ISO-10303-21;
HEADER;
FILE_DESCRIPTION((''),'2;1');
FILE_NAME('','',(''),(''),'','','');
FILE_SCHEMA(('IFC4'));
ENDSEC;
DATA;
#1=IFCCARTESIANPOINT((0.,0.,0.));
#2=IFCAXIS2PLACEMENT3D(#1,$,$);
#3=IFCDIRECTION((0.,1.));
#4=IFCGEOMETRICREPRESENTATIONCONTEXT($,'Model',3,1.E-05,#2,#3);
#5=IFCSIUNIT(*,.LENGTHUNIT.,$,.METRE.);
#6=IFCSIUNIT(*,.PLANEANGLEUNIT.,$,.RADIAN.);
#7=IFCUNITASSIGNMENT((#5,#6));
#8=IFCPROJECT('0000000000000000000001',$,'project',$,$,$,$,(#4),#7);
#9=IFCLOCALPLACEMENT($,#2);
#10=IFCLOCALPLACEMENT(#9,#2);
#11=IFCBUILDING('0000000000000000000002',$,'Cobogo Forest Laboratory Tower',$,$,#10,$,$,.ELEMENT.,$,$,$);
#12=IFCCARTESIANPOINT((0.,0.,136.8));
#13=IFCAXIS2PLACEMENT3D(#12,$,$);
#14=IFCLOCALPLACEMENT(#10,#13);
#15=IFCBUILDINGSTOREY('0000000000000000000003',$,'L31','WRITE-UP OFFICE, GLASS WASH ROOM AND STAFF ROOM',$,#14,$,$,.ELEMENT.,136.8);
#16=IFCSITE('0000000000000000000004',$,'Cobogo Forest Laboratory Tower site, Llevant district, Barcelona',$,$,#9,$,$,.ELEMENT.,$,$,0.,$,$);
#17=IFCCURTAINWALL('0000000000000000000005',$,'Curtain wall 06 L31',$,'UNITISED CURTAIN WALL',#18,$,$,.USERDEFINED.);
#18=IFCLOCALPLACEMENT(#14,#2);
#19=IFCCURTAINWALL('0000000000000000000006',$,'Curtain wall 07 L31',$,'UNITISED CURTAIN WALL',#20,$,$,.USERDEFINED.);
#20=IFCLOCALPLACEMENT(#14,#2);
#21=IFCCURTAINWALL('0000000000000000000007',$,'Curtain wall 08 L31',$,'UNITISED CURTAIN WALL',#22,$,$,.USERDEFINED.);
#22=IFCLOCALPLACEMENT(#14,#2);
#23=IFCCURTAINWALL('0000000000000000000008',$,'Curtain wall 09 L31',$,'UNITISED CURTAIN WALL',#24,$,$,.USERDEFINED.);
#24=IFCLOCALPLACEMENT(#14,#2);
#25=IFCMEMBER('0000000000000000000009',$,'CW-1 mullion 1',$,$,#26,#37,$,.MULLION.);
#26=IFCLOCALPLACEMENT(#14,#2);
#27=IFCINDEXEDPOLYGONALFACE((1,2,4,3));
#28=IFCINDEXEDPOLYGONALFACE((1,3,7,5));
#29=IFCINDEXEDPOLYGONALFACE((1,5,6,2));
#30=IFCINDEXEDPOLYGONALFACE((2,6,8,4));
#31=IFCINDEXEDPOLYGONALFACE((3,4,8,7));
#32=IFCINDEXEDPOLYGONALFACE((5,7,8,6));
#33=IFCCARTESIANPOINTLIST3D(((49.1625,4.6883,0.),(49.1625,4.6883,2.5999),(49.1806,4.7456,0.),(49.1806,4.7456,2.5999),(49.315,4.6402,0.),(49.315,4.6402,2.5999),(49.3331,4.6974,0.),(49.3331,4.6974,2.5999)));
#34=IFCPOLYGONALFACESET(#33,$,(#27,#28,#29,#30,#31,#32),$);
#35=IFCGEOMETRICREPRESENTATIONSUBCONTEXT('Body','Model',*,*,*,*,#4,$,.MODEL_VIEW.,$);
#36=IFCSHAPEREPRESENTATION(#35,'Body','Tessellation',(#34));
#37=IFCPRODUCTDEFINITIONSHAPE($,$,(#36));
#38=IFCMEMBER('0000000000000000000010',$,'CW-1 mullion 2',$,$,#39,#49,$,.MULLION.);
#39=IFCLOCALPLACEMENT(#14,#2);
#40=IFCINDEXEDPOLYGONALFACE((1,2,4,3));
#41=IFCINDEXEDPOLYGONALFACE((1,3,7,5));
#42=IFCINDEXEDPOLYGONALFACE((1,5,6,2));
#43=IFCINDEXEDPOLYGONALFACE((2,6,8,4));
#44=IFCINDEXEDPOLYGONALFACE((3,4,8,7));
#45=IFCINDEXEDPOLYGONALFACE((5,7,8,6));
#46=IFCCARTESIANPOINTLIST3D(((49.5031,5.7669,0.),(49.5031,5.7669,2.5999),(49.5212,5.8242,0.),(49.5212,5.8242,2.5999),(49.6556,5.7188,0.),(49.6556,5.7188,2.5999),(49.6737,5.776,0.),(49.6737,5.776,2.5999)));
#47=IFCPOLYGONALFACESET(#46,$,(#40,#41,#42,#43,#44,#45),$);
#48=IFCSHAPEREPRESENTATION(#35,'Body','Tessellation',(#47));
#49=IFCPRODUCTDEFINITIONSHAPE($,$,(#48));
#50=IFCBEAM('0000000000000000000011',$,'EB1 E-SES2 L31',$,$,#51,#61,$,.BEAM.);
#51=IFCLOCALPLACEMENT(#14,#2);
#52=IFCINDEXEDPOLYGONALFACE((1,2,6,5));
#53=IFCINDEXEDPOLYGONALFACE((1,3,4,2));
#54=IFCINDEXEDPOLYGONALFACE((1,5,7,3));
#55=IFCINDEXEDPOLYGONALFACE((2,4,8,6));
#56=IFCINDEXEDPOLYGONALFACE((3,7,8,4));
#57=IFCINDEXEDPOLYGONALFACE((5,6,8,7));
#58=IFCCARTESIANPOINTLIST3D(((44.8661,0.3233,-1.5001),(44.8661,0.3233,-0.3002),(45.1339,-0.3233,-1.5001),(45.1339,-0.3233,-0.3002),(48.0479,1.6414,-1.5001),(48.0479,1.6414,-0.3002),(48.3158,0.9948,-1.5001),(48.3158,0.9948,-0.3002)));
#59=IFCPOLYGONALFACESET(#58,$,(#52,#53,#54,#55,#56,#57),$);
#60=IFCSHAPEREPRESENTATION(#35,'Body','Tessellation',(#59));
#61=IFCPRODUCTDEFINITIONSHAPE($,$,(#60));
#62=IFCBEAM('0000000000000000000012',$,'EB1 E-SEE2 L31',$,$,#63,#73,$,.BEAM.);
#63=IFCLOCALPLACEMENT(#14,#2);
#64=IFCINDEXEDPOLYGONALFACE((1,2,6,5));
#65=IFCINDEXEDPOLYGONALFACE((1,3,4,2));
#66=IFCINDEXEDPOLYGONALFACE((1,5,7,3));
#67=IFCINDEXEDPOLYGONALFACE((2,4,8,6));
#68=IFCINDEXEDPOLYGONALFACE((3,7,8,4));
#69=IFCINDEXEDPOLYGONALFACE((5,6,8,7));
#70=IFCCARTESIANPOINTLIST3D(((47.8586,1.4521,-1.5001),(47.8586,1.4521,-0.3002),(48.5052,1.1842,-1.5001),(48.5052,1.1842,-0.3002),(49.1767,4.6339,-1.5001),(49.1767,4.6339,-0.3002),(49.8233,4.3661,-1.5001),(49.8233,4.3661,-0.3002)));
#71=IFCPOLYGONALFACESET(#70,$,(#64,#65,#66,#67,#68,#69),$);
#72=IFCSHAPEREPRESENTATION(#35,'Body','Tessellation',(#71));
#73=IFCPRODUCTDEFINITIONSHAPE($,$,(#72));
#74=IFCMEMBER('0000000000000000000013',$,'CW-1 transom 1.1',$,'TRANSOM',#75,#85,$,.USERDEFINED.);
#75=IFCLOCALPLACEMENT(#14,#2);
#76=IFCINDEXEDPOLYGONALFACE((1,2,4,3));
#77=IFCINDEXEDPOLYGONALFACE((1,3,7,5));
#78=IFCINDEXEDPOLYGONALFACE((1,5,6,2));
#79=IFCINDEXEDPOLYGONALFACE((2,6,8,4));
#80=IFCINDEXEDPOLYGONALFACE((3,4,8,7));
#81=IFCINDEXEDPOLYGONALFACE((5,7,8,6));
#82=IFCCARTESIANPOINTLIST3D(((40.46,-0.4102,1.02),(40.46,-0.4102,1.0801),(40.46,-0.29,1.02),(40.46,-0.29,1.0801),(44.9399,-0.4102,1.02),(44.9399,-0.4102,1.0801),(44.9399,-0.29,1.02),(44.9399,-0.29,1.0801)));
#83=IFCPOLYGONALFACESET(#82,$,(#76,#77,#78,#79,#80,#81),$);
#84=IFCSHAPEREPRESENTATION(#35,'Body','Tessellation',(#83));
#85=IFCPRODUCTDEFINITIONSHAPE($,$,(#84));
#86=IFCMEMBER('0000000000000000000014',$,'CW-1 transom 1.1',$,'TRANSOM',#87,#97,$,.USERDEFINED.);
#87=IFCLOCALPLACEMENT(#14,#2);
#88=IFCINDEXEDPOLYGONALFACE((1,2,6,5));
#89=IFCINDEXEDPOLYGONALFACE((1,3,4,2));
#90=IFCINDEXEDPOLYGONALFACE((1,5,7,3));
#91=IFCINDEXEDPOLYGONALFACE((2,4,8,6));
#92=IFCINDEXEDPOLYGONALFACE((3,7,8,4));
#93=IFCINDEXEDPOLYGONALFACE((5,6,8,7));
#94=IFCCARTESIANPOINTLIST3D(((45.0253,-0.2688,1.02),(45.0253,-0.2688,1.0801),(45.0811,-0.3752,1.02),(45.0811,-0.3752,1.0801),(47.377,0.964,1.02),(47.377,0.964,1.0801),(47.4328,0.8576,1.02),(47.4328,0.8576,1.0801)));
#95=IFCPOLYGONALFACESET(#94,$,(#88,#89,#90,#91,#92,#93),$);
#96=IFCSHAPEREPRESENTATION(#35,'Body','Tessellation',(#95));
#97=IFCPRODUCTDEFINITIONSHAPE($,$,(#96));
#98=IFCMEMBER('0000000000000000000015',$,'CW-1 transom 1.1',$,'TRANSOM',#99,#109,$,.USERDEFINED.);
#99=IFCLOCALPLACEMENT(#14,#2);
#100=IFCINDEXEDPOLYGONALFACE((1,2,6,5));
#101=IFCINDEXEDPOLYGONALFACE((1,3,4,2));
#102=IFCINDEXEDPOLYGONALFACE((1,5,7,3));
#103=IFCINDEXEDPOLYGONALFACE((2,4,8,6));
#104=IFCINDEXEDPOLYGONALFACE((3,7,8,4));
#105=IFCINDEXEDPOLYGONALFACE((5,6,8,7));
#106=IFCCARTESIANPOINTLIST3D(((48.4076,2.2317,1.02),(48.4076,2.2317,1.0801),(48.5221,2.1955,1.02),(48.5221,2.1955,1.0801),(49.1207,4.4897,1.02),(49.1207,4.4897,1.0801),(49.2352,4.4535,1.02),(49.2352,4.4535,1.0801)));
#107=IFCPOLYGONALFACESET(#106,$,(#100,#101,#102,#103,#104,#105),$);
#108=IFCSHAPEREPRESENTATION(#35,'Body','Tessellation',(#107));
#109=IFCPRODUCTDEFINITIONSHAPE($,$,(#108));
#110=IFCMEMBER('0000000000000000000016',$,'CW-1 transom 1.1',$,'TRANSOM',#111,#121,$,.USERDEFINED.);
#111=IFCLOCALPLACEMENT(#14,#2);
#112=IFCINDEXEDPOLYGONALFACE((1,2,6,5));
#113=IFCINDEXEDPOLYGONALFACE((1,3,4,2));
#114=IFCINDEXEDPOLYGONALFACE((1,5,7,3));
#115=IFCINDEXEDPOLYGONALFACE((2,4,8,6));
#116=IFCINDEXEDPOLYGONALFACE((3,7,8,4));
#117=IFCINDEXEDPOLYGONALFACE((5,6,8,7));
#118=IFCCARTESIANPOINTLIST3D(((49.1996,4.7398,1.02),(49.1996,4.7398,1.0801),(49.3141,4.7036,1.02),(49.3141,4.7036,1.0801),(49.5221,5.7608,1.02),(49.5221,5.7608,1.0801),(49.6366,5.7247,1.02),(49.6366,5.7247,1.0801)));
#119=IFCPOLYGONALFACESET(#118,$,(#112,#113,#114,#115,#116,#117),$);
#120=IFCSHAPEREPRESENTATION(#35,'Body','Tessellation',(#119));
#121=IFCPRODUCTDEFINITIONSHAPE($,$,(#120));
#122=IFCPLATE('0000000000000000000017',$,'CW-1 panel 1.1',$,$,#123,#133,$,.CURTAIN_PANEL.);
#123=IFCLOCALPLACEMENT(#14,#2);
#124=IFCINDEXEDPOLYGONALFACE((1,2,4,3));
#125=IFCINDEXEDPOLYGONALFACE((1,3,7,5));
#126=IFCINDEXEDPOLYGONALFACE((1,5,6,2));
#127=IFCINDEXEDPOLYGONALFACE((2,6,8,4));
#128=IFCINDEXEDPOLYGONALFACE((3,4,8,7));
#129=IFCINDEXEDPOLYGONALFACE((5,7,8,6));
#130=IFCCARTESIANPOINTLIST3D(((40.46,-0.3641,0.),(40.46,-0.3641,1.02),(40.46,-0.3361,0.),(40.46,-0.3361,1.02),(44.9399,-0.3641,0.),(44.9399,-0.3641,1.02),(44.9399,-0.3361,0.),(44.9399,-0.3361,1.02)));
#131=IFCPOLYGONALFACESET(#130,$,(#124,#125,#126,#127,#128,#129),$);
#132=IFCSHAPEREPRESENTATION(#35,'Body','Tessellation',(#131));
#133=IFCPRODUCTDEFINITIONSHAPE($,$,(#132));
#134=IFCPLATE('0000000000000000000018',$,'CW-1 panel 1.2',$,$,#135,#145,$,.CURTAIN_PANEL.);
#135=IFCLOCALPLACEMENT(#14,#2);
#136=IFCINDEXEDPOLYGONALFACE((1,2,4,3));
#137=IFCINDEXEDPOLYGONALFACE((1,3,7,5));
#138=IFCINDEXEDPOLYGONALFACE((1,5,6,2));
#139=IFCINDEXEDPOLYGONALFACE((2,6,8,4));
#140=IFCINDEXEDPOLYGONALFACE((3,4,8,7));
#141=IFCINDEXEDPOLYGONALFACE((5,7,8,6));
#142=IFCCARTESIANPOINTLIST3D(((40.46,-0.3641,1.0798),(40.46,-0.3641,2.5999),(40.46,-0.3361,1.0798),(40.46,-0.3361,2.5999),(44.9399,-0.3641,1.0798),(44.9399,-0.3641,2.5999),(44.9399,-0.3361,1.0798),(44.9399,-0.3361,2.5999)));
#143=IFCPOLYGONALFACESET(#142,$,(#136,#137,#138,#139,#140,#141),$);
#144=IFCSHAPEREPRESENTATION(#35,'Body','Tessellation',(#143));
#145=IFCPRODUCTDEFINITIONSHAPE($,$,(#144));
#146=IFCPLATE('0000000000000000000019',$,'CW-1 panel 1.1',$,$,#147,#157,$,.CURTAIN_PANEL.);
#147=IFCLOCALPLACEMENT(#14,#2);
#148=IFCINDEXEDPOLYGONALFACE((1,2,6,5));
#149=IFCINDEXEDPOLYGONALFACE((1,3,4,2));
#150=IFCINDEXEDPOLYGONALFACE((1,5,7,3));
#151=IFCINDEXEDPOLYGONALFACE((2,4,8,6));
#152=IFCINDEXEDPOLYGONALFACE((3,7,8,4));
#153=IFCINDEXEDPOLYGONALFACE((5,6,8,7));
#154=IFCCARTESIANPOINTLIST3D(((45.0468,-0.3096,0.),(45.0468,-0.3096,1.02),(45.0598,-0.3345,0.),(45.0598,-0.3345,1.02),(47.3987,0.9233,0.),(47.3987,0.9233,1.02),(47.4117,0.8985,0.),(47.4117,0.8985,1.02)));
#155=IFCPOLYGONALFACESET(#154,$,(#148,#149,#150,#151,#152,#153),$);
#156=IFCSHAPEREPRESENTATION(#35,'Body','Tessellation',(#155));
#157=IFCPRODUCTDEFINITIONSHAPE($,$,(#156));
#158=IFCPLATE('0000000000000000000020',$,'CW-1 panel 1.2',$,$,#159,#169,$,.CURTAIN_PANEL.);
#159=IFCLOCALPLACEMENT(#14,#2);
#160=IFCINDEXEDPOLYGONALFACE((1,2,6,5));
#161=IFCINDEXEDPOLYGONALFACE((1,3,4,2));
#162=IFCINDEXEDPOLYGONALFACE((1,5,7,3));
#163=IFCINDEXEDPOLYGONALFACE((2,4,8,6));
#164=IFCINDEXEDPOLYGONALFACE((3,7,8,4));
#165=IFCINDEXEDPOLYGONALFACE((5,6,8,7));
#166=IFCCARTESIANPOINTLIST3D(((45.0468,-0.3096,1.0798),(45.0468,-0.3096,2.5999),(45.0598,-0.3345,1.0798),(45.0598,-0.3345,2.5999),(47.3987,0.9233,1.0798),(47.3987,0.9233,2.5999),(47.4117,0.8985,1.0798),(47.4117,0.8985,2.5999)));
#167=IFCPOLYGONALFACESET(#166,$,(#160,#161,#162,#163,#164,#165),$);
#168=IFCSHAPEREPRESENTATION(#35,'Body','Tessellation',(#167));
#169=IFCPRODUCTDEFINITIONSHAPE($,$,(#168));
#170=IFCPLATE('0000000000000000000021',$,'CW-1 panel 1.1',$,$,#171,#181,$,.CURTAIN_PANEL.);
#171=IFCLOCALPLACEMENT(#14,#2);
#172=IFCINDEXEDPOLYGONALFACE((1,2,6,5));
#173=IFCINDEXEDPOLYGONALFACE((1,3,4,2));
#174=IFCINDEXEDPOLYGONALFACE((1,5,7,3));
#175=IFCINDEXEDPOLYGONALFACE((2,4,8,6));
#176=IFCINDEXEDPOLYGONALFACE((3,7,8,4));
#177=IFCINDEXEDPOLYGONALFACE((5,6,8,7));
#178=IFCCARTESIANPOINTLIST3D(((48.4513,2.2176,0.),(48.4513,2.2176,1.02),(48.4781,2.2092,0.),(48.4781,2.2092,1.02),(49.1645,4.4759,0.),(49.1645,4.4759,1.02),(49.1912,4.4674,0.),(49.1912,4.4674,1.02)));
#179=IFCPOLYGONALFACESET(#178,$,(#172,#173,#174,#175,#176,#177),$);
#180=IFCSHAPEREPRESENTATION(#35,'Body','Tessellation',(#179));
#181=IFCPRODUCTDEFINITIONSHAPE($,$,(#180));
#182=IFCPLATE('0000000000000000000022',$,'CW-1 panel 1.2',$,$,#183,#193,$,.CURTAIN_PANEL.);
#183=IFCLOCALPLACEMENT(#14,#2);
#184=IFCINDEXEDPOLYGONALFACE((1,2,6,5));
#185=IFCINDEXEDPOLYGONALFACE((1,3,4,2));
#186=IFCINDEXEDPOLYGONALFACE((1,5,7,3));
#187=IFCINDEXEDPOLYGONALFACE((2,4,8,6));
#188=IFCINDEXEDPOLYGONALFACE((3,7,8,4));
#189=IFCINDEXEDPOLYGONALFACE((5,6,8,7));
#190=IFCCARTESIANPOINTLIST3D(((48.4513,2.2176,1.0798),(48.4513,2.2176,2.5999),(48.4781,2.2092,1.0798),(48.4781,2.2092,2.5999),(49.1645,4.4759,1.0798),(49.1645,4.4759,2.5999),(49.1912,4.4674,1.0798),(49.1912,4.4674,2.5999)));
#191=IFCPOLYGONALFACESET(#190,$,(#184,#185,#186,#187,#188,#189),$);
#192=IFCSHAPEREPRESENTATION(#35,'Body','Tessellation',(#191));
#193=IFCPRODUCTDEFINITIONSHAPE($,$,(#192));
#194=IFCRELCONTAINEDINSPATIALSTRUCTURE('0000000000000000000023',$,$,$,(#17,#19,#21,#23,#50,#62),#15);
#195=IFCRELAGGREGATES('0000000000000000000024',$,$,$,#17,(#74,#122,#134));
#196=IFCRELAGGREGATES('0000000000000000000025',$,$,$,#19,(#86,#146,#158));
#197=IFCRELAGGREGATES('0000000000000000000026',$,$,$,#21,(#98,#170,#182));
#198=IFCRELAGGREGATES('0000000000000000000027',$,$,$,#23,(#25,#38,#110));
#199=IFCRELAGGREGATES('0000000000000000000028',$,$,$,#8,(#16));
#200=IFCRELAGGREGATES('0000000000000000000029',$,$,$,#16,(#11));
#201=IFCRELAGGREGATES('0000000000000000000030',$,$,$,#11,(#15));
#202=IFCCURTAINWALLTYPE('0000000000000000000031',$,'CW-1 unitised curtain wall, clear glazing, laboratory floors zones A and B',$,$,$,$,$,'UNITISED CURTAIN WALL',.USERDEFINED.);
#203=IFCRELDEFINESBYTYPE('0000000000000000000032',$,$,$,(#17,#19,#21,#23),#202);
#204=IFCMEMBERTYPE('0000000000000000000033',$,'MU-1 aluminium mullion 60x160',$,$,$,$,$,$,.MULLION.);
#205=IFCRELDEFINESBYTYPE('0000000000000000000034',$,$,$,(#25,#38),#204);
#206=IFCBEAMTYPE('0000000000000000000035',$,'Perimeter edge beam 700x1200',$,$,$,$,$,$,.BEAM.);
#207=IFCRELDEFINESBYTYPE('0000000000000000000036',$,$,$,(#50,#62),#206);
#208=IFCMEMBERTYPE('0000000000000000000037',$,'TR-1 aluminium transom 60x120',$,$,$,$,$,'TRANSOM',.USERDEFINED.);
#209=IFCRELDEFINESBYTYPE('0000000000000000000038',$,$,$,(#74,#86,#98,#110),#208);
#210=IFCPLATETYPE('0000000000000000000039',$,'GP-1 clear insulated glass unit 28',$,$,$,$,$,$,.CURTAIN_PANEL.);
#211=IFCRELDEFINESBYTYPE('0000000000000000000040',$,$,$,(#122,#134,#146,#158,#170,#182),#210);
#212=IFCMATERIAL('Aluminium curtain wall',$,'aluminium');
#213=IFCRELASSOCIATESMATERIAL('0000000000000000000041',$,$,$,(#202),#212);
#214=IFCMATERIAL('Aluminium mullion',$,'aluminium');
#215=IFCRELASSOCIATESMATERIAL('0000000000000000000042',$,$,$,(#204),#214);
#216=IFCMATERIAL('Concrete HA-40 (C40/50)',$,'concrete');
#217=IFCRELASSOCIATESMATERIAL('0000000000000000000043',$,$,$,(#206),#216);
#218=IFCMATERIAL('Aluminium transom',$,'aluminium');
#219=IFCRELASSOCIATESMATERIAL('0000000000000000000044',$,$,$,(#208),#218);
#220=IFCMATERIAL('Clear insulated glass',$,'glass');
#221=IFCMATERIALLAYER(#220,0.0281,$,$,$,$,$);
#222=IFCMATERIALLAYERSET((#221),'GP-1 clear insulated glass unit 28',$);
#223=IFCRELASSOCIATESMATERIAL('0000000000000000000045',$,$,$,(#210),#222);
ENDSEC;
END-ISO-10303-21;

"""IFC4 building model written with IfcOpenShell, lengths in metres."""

from ifc_helpers import new_model, si_unit, direction, frame, origin, origin_2d, place, context, subcontext, project, spatial, rectangle, extrude, material, layer, layer_set, material_profile, profile_set, type_object, element, aggregate, save


model = new_model("IFC4")

# Units and contexts
model_context = context("Model", 3, precision=1e-05, world=origin(), true_north=direction((0.0, 1.0)))
body_context = subcontext(model_context, "Body", "Model", "MODEL_VIEW")
ifc_project = project(units=[si_unit("LENGTHUNIT", "METRE"), si_unit("PLANEANGLEUNIT", "RADIAN")], contexts=[model_context])

# Site, building, storey
site_placement = place(None, origin())
site = spatial("IfcSite", under=ifc_project, at=site_placement, Name="Cobogo Forest Laboratory Tower site, Llevant district, Barcelona", CompositionType="ELEMENT", RefElevation=0.0)
building_placement = place(site_placement, origin())
building = spatial("IfcBuilding", under=site, at=building_placement, Name="Cobogo Forest Laboratory Tower", CompositionType="ELEMENT")
storey_placement = place(building_placement, frame((0.0, 0.0, 136.8)))
storey = spatial("IfcBuildingStorey", under=building, at=storey_placement, Name="L31", Description="WRITE-UP OFFICE, GLASS WASH ROOM AND STAFF ROOM", CompositionType="ELEMENT", Elevation=136.8)

# Curtain walls, members
ifc_material_1 = material(Name="Aluminium curtain wall", Category="aluminium")
curtain_wall_type = type_object("IfcCurtainWallType", Name="CW-1 unitised curtain wall, clear glazing, laboratory floors zones A and B", ElementType="UNITISED CURTAIN WALL", PredefinedType="USERDEFINED", material=ifc_material_1)
curtain_wall_1_placement = place(storey_placement, origin())
curtain_wall_1 = element("IfcCurtainWall", 1, at=curtain_wall_1_placement, inside=storey, type_object=curtain_wall_type, Name="Curtain wall 06 L31", ObjectType="UNITISED CURTAIN WALL", PredefinedType="USERDEFINED")
ifc_material_2 = material(Name="Aluminium mullion", Category="aluminium")
ifc_material_profile_1 = material_profile(ifc_material_2, rectangle(XDim=0.0601, YDim=0.1599, at=origin_2d()), Name="AL 60x160")
ifc_profile_set_1 = profile_set([ifc_material_profile_1], Name="Aluminium mullion")
member_type_1 = type_object("IfcMemberType", Name="MU-1 aluminium mullion 60x160", PredefinedType="MULLION", material=ifc_profile_set_1)
curtain_wall_2_placement = place(storey_placement, origin())
curtain_wall_2 = element("IfcCurtainWall", 2, at=curtain_wall_2_placement, inside=storey, type_object=curtain_wall_type, Name="Curtain wall 07 L31", ObjectType="UNITISED CURTAIN WALL", PredefinedType="USERDEFINED")
curtain_wall_3_placement = place(storey_placement, origin())
curtain_wall_3 = element("IfcCurtainWall", 3, at=curtain_wall_3_placement, inside=storey, type_object=curtain_wall_type, Name="Curtain wall 08 L31", ObjectType="UNITISED CURTAIN WALL", PredefinedType="USERDEFINED")
curtain_wall_4_placement = place(storey_placement, origin())
curtain_wall_4 = element("IfcCurtainWall", 4, at=curtain_wall_4_placement, inside=storey, type_object=curtain_wall_type, Name="Curtain wall 09 L31", ObjectType="UNITISED CURTAIN WALL", PredefinedType="USERDEFINED")
member_1_placement = place(storey_placement, frame((49.2478, 4.6929, 0.0), z_axis=(0.0, 0.0, 1.0), x_axis=(0.301136, 0.953581, 0.0)))
member_1 = element("IfcMember", 5, at=member_1_placement, type_object=member_type_1, Name="CW-1 mullion 1", PredefinedType="MULLION", context=body_context, shape_type="SweptSolid", body=[
    extrude(rectangle(XDim=0.0601, YDim=0.1599, at=origin_2d()), origin(), (0.0, 0.0, 1.0), 2.5999),
])
member_2_placement = place(storey_placement, frame((49.5884, 5.7715, 0.0), z_axis=(0.0, 0.0, 1.0), x_axis=(0.301136, 0.953581, 0.0)))
member_2 = element("IfcMember", 6, at=member_2_placement, type_object=member_type_1, Name="CW-1 mullion 2", PredefinedType="MULLION", context=body_context, shape_type="SweptSolid", body=[
    extrude(rectangle(XDim=0.0601, YDim=0.1599, at=origin_2d()), origin(), (0.0, 0.0, 1.0), 2.5999),
])

# Beams
ifc_material_3 = material(Name="Concrete HA-40 (C40/50)", Category="concrete")
ifc_material_profile_2 = material_profile(ifc_material_3, rectangle(XDim=0.7, YDim=1.2, at=origin_2d()), Name="RC 700x1200")
ifc_profile_set_2 = profile_set([ifc_material_profile_2], Name="Concrete HA-40 (C40/50)")
beam_type_1 = type_object("IfcBeamType", Name="Perimeter edge beam 700x1200", PredefinedType="BEAM", material=ifc_profile_set_2)
for number, where, z_axis, x_axis, name in (
    (7, (45.0, 0.0, -0.9001), (0.923866, 0.382717, 0.0), (-0.382717, 0.923866, 0.0), "EB1 E-SES2 L31"),
    (8, (49.5, 4.5, -0.9001), (-0.382717, -0.923866, 0.0), (0.923866, -0.382717, 0.0), "EB1 E-SEE2 L31"),
):
    element("IfcBeam", number, at=place(storey_placement, frame(where, z_axis=z_axis, x_axis=x_axis)), inside=storey, type_object=beam_type_1, Name=name, PredefinedType="BEAM", context=body_context, shape_type="SweptSolid", body=[
        extrude(rectangle(XDim=0.7, YDim=1.2, at=origin_2d()), origin(), (0.0, 0.0, 1.0), 3.4441),
    ])

# Members
ifc_material_4 = material(Name="Aluminium transom", Category="aluminium")
ifc_material_profile_3 = material_profile(ifc_material_4, rectangle(XDim=0.1201, YDim=0.0601, at=origin_2d()), Name="AL 60x120")
ifc_profile_set_3 = profile_set([ifc_material_profile_3], Name="Aluminium transom")
member_type_2 = type_object("IfcMemberType", Name="TR-1 aluminium transom 60x120", ElementType="TRANSOM", PredefinedType="USERDEFINED", material=ifc_profile_set_3)
member_3_placement = place(storey_placement, frame((40.46, -0.3501, 1.05), z_axis=(1.0, 0.0, 0.0), x_axis=(0.0, 1.0, 0.0)))
member_3 = element("IfcMember", 9, at=member_3_placement, type_object=member_type_2, Name="CW-1 transom 1.1", ObjectType="TRANSOM", PredefinedType="USERDEFINED", context=body_context, shape_type="SweptSolid", body=[
    extrude(rectangle(XDim=0.1201, YDim=0.0601, at=origin_2d()), origin(), (0.0, 0.0, 1.0), 4.48),
])
member_4_placement = place(storey_placement, frame((45.0532, -0.322, 1.05), z_axis=(0.885675, 0.464306, 0.0), x_axis=(-0.464306, 0.885675, 0.0)))
member_4 = element("IfcMember", 10, at=member_4_placement, type_object=member_type_2, Name="CW-1 transom 1.1", ObjectType="TRANSOM", PredefinedType="USERDEFINED", context=body_context, shape_type="SweptSolid", body=[
    extrude(rectangle(XDim=0.1201, YDim=0.0601, at=origin_2d()), origin(), (0.0, 0.0, 1.0), 2.6553),
])
member_5_placement = place(storey_placement, frame((48.4648, 2.2136, 1.05), z_axis=(0.301156, 0.953575, 0.0), x_axis=(-0.953575, 0.301156, 0.0)))
member_5 = element("IfcMember", 11, at=member_5_placement, type_object=member_type_2, Name="CW-1 transom 1.1", ObjectType="TRANSOM", PredefinedType="USERDEFINED", context=body_context, shape_type="SweptSolid", body=[
    extrude(rectangle(XDim=0.1201, YDim=0.0601, at=origin_2d()), origin(), (0.0, 0.0, 1.0), 2.3679),
])
member_6_placement = place(storey_placement, frame((49.2568, 4.7217, 1.05), z_axis=(0.301208, 0.953559, 0.0), x_axis=(-0.953559, 0.301208, 0.0)))
member_6 = element("IfcMember", 12, at=member_6_placement, type_object=member_type_2, Name="CW-1 transom 1.1", ObjectType="TRANSOM", PredefinedType="USERDEFINED", context=body_context, shape_type="SweptSolid", body=[
    extrude(rectangle(XDim=0.1201, YDim=0.0601, at=origin_2d()), origin(), (0.0, 0.0, 1.0), 1.0708),
])

# Plates
ifc_material_5 = material(Name="Clear insulated glass", Category="glass")
ifc_layer = layer(ifc_material_5, 0.0281)
ifc_layer_set = layer_set([ifc_layer], Name="GP-1 clear insulated glass unit 28")
plate_type = type_object("IfcPlateType", Name="GP-1 clear insulated glass unit 28", PredefinedType="CURTAIN_PANEL", material=ifc_layer_set)
plate_1_placement = place(storey_placement, frame((42.7, -0.3501, 0.0), z_axis=(0.0, 0.0, 1.0), x_axis=(1.0, 0.0, 0.0)))
plate_1 = element("IfcPlate", 13, at=plate_1_placement, type_object=plate_type, Name="CW-1 panel 1.1", PredefinedType="CURTAIN_PANEL", context=body_context, shape_type="SweptSolid", body=[
    extrude(rectangle(XDim=4.48, YDim=0.0281, at=origin_2d()), origin(), (0.0, 0.0, 1.0), 1.02),
])
plate_2_placement = place(storey_placement, frame((42.7, -0.3501, 1.0798), z_axis=(0.0, 0.0, 1.0), x_axis=(1.0, 0.0, 0.0)))
plate_2 = element("IfcPlate", 14, at=plate_2_placement, type_object=plate_type, Name="CW-1 panel 1.2", PredefinedType="CURTAIN_PANEL", context=body_context, shape_type="SweptSolid", body=[
    extrude(rectangle(XDim=4.48, YDim=0.0281, at=origin_2d()), origin(), (0.0, 0.0, 1.0), 1.52),
])
aggregate(curtain_wall_1, [member_3, plate_1, plate_2])
plate_3_placement = place(storey_placement, frame((46.2292, 0.2944, 0.0), z_axis=(0.0, 0.0, 1.0), x_axis=(0.885687, 0.464284, 0.0)))
plate_3 = element("IfcPlate", 15, at=plate_3_placement, type_object=plate_type, Name="CW-1 panel 1.1", PredefinedType="CURTAIN_PANEL", context=body_context, shape_type="SweptSolid", body=[
    extrude(rectangle(XDim=2.6555, YDim=0.0281, at=origin_2d()), origin(), (0.0, 0.0, 1.0), 1.02),
])
plate_4_placement = place(storey_placement, frame((46.2292, 0.2944, 1.0798), z_axis=(0.0, 0.0, 1.0), x_axis=(0.885687, 0.464284, 0.0)))
plate_4 = element("IfcPlate", 16, at=plate_4_placement, type_object=plate_type, Name="CW-1 panel 1.2", PredefinedType="CURTAIN_PANEL", context=body_context, shape_type="SweptSolid", body=[
    extrude(rectangle(XDim=2.6555, YDim=0.0281, at=origin_2d()), origin(), (0.0, 0.0, 1.0), 1.52),
])
aggregate(curtain_wall_2, [member_4, plate_3, plate_4])
plate_5_placement = place(storey_placement, frame((48.8213, 3.3425, 0.0), z_axis=(0.0, 0.0, 1.0), x_axis=(0.301135, 0.953581, 0.0)))
plate_5 = element("IfcPlate", 17, at=plate_5_placement, type_object=plate_type, Name="CW-1 panel 1.1", PredefinedType="CURTAIN_PANEL", context=body_context, shape_type="SweptSolid", body=[
    extrude(rectangle(XDim=2.3682, YDim=0.0281, at=origin_2d()), origin(), (0.0, 0.0, 1.0), 1.02),
])
plate_6_placement = place(storey_placement, frame((48.8213, 3.3425, 1.0798), z_axis=(0.0, 0.0, 1.0), x_axis=(0.301135, 0.953581, 0.0)))
plate_6 = element("IfcPlate", 18, at=plate_6_placement, type_object=plate_type, Name="CW-1 panel 1.2", PredefinedType="CURTAIN_PANEL", context=body_context, shape_type="SweptSolid", body=[
    extrude(rectangle(XDim=2.3682, YDim=0.0281, at=origin_2d()), origin(), (0.0, 0.0, 1.0), 1.52),
])
aggregate(curtain_wall_3, [member_5, plate_5, plate_6])
aggregate(curtain_wall_4, [member_1, member_2, member_6])

save(model, "model.ifc")
